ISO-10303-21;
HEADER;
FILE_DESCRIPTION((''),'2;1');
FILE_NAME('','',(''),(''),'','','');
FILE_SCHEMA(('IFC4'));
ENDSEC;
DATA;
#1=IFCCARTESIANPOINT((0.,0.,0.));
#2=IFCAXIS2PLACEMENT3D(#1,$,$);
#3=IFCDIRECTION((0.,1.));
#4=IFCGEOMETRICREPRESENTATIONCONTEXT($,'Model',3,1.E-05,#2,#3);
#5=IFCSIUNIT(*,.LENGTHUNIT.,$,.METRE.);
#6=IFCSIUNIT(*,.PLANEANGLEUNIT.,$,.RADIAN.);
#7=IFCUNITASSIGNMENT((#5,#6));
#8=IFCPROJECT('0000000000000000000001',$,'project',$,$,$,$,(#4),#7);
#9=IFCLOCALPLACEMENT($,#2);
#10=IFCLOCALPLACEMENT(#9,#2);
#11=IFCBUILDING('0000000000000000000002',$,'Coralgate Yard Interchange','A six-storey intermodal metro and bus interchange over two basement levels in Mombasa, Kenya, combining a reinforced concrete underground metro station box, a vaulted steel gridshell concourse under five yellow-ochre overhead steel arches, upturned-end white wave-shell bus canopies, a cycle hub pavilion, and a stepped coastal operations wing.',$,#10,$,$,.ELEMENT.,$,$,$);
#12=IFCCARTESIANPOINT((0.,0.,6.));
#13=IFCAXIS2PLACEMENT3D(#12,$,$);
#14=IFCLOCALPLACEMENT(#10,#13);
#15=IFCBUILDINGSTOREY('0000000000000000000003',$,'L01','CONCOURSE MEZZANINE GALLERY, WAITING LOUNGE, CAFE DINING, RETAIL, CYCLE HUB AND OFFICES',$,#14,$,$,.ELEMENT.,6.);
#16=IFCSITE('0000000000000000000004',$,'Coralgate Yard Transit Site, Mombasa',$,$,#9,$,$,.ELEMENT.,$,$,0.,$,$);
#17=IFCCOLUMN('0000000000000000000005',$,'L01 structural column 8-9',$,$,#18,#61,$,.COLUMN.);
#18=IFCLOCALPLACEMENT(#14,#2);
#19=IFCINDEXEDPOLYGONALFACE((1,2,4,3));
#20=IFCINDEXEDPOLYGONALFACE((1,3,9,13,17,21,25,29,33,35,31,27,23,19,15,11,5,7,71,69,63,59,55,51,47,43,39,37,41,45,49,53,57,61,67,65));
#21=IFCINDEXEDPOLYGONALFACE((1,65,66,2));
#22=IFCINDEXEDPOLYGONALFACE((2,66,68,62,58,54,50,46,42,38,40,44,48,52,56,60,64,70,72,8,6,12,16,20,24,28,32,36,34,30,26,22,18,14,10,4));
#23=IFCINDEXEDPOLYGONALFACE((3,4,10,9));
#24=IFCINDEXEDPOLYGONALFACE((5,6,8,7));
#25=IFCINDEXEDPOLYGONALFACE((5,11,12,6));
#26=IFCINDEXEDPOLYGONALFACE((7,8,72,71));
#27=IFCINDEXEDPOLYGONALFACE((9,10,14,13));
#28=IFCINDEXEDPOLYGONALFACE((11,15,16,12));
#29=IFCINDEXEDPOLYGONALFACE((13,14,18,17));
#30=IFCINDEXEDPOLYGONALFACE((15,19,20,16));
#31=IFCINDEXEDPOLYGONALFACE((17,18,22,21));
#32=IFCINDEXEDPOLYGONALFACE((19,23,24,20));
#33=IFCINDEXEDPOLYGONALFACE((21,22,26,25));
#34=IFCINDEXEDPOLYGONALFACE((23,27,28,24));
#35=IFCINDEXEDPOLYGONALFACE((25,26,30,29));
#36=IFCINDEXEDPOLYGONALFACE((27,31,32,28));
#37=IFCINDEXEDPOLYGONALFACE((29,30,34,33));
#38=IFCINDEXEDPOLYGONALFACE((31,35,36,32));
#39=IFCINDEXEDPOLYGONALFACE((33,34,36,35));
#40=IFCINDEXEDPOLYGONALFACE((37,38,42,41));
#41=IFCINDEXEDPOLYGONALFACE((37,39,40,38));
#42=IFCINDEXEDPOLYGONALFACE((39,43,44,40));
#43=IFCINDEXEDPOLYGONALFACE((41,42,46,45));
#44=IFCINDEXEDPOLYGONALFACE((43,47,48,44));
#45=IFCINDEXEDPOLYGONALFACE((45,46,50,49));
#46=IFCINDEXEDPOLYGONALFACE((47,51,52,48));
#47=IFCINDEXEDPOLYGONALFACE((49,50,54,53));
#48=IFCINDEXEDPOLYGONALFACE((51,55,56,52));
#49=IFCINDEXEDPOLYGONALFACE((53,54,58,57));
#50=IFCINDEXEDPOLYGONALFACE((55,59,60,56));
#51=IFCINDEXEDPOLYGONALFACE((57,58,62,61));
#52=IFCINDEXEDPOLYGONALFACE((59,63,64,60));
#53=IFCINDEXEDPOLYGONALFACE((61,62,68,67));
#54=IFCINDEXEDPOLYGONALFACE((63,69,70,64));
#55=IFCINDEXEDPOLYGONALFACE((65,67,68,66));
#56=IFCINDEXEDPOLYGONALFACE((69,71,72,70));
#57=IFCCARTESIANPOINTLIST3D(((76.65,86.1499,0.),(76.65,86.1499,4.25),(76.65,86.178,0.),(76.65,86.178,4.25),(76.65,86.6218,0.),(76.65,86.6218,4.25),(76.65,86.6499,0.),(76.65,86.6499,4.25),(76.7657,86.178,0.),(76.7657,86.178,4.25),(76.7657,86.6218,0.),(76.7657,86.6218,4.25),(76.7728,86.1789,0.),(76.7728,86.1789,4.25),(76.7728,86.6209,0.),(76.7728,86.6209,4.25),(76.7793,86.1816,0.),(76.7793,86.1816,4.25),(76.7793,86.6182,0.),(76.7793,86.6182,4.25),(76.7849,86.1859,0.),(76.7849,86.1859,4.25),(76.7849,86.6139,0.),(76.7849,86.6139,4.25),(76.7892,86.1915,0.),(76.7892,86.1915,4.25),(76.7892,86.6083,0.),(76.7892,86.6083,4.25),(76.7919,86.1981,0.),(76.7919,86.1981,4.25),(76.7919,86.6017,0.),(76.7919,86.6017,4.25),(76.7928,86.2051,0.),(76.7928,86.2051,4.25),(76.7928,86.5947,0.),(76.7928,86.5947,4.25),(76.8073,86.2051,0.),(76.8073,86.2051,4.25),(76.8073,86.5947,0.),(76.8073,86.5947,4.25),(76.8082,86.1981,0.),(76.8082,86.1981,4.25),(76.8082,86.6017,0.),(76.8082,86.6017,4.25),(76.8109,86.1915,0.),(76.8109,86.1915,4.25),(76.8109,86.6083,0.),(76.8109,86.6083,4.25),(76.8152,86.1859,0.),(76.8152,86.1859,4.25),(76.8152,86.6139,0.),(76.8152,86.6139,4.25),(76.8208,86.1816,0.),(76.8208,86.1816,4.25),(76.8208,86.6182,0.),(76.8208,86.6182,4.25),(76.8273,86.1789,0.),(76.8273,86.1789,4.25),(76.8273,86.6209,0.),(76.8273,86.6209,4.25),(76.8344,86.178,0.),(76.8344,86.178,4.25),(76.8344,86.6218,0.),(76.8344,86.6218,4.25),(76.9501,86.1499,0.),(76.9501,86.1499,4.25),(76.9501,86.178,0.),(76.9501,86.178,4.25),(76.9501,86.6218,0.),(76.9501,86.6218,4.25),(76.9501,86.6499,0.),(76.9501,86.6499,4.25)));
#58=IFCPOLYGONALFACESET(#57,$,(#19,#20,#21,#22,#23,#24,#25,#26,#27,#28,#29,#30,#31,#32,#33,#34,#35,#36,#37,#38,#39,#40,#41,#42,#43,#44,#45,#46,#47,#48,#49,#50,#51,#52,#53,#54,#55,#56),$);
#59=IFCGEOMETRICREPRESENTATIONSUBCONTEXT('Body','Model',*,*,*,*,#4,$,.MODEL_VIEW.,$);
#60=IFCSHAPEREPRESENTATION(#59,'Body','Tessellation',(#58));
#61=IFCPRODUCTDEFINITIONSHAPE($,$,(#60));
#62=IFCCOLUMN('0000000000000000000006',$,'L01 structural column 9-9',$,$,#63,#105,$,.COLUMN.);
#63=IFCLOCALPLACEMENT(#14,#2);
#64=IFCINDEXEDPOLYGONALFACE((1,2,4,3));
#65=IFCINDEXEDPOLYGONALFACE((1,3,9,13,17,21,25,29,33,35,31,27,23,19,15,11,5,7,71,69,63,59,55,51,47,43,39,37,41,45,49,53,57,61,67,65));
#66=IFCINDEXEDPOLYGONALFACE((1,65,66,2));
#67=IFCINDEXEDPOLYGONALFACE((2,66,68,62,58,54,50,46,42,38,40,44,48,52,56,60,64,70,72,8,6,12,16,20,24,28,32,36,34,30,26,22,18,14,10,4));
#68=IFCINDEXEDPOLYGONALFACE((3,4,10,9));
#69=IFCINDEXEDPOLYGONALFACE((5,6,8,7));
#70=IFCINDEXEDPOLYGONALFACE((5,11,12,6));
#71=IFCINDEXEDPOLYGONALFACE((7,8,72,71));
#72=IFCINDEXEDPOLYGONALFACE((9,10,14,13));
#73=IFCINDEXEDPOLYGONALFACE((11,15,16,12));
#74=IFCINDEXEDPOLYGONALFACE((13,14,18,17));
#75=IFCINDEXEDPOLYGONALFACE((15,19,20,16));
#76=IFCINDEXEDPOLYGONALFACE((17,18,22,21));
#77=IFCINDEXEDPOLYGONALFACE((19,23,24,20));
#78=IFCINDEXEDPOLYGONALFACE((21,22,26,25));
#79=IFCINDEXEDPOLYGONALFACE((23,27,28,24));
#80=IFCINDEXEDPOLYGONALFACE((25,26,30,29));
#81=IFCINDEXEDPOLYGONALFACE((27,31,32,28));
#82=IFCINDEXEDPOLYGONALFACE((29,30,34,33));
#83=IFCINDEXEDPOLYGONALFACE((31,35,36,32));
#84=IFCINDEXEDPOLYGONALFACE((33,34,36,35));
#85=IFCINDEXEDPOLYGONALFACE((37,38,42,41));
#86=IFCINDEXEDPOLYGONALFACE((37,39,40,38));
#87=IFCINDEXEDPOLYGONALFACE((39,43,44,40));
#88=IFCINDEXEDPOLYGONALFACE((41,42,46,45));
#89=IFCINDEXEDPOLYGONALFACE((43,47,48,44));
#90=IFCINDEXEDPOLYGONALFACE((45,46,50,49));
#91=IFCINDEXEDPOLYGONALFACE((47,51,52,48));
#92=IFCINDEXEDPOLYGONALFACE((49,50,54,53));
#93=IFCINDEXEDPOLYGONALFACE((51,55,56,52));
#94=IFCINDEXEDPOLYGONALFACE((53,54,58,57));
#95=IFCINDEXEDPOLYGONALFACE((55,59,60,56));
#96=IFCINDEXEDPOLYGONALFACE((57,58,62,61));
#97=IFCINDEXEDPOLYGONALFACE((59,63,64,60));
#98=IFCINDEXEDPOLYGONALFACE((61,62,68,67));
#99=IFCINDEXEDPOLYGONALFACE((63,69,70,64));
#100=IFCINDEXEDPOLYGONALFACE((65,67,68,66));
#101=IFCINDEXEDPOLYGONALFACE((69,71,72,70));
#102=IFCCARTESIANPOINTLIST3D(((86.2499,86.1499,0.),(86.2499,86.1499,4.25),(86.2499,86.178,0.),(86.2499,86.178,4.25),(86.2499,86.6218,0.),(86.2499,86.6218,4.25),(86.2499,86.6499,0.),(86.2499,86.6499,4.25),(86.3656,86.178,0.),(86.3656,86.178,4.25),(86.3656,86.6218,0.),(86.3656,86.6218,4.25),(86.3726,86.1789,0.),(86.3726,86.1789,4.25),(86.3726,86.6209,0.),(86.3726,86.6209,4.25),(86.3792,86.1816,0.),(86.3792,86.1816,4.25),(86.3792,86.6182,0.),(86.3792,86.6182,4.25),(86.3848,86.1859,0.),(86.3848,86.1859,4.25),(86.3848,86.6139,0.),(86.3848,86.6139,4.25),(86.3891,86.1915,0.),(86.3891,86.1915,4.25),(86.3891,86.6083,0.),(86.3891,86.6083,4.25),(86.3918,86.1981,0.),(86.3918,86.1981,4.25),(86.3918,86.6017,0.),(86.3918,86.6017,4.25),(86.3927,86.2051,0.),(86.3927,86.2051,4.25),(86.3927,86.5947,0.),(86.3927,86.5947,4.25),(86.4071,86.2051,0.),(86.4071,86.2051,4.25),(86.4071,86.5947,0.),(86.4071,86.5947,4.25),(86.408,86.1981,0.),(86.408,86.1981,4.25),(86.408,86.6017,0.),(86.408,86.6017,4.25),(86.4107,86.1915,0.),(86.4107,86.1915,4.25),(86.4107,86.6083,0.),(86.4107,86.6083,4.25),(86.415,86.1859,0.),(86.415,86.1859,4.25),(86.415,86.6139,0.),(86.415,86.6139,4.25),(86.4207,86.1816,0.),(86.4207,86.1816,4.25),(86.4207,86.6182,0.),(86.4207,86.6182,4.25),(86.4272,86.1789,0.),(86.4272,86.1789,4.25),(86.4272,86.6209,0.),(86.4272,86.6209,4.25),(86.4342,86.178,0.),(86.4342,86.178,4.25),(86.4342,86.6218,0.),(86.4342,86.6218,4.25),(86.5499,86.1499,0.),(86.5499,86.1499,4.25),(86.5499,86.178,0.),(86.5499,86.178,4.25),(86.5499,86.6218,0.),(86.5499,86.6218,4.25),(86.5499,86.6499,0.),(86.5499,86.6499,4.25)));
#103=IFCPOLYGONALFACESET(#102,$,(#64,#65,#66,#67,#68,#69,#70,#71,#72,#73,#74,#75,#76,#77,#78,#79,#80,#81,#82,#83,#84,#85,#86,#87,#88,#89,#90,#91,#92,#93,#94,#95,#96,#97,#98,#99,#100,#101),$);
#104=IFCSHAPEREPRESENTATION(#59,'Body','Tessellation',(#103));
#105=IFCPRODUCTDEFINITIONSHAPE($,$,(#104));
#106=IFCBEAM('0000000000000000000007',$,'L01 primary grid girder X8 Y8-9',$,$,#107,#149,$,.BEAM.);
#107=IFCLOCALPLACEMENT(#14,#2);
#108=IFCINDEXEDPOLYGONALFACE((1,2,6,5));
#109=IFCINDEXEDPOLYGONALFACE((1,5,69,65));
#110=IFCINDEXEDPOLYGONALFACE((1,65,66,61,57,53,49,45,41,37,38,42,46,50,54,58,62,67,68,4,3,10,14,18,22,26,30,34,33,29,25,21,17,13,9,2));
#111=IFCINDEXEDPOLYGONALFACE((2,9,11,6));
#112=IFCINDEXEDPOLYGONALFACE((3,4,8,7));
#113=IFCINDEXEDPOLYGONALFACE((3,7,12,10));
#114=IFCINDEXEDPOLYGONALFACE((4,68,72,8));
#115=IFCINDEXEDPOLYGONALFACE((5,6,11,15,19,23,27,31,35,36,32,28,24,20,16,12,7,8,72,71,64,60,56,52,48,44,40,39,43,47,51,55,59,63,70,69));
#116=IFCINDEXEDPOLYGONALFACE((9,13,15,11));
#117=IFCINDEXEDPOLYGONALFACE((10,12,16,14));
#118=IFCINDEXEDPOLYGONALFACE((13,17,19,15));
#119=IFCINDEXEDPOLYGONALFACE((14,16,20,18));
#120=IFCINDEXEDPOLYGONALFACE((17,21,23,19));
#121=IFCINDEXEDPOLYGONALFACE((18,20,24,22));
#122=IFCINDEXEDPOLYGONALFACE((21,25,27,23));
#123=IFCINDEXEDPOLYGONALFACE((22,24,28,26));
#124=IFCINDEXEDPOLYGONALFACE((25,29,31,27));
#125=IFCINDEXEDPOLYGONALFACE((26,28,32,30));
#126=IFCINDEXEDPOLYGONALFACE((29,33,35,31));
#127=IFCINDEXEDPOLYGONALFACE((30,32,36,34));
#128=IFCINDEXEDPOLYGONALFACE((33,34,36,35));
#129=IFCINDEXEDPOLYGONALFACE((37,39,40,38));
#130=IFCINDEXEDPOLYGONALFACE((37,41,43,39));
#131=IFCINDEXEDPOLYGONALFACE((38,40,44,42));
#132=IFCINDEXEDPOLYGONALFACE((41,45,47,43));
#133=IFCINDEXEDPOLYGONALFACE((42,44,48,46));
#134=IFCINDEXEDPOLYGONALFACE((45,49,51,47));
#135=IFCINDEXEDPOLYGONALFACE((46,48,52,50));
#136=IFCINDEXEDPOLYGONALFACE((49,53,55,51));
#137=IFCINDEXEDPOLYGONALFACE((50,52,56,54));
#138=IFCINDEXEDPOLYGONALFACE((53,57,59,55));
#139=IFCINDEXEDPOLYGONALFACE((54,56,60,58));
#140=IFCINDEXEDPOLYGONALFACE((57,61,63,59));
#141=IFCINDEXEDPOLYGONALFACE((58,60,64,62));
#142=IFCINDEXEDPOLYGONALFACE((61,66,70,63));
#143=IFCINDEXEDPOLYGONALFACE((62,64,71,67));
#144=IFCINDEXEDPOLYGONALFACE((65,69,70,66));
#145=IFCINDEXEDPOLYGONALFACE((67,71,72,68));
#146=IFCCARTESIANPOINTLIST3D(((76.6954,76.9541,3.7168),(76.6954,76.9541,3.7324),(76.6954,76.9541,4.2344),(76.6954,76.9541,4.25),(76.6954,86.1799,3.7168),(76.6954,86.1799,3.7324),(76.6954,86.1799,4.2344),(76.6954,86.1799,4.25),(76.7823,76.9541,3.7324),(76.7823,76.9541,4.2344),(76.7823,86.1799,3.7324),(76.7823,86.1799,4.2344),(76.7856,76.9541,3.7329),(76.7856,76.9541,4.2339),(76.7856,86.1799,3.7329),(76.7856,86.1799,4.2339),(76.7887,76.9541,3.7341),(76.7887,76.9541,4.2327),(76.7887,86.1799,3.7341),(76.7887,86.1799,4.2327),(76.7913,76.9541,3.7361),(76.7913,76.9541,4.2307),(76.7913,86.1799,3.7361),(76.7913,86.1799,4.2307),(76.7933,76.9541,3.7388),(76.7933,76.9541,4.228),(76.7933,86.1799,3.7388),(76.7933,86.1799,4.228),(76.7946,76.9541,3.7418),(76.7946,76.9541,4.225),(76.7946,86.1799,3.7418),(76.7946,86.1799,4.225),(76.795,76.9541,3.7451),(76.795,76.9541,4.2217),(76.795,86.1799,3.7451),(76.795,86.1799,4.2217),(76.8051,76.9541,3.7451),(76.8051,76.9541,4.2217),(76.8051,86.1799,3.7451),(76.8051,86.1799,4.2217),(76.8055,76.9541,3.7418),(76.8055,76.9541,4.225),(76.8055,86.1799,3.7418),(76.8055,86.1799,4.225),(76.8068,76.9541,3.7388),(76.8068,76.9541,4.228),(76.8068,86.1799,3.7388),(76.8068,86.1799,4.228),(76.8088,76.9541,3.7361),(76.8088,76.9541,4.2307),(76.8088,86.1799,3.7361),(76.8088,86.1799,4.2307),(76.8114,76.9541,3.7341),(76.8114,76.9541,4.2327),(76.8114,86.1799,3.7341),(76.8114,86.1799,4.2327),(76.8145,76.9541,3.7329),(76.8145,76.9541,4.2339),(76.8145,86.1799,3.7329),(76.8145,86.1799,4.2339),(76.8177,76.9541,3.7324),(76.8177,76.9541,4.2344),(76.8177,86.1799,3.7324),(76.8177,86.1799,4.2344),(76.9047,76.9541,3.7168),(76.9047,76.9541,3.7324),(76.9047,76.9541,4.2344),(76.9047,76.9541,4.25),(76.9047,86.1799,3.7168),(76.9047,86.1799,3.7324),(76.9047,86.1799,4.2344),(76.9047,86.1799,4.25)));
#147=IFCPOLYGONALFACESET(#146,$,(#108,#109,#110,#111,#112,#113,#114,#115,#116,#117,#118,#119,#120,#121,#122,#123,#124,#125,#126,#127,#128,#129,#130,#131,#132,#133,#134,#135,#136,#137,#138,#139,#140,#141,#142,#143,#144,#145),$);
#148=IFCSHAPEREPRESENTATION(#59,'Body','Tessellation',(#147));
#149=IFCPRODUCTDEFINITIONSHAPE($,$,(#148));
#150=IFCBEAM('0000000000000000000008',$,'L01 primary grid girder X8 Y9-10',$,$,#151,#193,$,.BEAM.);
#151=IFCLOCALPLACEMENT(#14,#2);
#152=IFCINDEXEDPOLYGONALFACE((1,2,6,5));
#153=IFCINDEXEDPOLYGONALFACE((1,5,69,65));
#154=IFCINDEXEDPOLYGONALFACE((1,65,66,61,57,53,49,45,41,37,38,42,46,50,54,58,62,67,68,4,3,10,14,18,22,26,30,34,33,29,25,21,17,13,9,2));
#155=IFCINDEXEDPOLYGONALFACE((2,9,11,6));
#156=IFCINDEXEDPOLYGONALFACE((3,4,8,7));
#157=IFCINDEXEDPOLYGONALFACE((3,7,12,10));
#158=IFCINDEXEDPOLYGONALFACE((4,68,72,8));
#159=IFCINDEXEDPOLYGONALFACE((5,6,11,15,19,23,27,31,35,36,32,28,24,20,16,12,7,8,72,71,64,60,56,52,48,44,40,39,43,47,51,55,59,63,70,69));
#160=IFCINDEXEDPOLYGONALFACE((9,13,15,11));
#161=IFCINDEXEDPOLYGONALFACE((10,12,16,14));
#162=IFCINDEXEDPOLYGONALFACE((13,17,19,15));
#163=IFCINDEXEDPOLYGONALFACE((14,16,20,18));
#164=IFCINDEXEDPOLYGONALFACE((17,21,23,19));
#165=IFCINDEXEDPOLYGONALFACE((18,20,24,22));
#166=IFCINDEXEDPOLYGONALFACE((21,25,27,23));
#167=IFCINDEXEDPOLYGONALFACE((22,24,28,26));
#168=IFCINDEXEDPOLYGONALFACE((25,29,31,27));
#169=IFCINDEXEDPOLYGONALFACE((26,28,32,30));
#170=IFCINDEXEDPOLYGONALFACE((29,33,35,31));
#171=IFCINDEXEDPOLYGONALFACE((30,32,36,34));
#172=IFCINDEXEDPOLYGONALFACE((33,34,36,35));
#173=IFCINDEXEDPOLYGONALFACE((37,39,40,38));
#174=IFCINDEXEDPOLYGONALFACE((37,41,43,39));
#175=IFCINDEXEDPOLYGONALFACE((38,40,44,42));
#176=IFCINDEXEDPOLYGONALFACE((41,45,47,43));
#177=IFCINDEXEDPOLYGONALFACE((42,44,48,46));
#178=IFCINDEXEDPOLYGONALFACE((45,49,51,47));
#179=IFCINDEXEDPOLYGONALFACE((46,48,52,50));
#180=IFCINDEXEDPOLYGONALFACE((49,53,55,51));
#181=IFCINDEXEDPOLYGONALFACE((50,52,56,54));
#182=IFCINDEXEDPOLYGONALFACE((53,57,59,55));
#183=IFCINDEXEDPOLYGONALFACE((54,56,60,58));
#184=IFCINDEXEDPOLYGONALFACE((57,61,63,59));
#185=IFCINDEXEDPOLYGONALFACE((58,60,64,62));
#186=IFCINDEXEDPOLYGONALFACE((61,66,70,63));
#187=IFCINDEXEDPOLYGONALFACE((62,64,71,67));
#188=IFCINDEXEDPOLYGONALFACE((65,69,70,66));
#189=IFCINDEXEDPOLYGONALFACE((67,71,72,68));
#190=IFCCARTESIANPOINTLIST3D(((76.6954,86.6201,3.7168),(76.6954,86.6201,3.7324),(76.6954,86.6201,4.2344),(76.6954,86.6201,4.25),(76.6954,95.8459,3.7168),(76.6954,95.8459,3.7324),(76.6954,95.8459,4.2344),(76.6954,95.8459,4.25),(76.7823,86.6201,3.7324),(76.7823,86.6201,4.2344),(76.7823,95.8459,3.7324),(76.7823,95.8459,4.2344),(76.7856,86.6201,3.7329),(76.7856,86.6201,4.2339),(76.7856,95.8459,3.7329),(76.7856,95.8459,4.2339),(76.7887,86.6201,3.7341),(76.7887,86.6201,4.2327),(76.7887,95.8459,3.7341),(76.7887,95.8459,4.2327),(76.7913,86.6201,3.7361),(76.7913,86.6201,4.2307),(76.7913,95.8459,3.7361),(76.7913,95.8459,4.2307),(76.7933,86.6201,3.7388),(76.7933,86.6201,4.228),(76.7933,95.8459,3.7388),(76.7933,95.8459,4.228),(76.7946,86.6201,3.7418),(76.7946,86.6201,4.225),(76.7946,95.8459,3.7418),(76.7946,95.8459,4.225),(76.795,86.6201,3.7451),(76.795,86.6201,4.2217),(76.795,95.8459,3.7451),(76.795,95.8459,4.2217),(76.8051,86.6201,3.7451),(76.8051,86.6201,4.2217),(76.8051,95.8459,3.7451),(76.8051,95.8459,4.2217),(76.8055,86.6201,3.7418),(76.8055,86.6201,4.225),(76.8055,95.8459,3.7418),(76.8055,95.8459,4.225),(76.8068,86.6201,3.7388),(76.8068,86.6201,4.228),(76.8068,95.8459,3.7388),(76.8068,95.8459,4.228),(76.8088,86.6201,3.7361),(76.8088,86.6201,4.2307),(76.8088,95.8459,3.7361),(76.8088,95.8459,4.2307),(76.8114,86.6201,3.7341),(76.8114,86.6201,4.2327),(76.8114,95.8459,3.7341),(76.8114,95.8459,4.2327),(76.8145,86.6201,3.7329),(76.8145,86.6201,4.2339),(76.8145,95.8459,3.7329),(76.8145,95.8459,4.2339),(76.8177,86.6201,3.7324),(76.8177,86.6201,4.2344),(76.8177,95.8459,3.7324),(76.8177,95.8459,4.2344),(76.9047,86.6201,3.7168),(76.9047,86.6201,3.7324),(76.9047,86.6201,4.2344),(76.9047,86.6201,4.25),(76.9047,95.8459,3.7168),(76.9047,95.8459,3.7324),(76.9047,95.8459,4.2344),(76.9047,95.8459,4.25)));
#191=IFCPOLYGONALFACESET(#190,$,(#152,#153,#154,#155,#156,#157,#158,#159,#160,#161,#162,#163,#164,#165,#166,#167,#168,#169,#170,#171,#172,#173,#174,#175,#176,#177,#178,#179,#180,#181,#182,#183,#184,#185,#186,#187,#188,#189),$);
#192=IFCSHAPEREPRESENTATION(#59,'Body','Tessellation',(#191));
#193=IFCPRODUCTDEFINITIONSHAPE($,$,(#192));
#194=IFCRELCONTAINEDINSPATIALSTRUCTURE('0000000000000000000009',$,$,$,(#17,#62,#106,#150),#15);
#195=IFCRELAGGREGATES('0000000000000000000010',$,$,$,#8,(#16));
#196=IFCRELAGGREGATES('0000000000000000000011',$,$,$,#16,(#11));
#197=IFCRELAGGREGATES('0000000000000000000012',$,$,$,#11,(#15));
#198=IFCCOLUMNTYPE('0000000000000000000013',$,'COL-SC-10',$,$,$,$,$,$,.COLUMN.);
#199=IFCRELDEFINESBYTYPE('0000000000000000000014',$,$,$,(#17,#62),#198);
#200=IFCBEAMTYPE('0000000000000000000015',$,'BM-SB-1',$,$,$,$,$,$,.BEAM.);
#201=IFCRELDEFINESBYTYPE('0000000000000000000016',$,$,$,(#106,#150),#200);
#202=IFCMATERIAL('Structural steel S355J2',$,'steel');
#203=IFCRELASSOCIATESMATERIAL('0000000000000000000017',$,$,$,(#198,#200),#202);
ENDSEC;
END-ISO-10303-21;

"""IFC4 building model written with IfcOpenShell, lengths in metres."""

from ifc_helpers import new_model, si_unit, direction, frame, origin, origin_2d, place, context, subcontext, project, spatial, i_section, extrude, material, material_profile, profile_set, type_object, element, save


model = new_model("IFC4")

# Units and contexts
model_context = context("Model", 3, precision=1e-05, world=origin(), true_north=direction((0.0, 1.0)))
body_context = subcontext(model_context, "Body", "Model", "MODEL_VIEW")
ifc_project = project(units=[si_unit("LENGTHUNIT", "METRE"), si_unit("PLANEANGLEUNIT", "RADIAN")], contexts=[model_context])

# Site, building, storey
site_placement = place(None, origin())
site = spatial("IfcSite", under=ifc_project, at=site_placement, Name="Coralgate Yard Transit Site, Mombasa", CompositionType="ELEMENT", RefElevation=0.0)
building_placement = place(site_placement, origin())
building = spatial("IfcBuilding", under=site, at=building_placement, Name="Coralgate Yard Interchange", Description="A six-storey intermodal metro and bus interchange over two basement levels in Mombasa, Kenya, combining a reinforced concrete underground metro station box, a vaulted steel gridshell concourse under five yellow-ochre overhead steel arches, upturned-end white wave-shell bus canopies, a cycle hub pavilion, and a stepped coastal operations wing.", CompositionType="ELEMENT")
storey_placement = place(building_placement, frame((0.0, 0.0, 6.0)))
storey = spatial("IfcBuildingStorey", under=building, at=storey_placement, Name="L01", Description="CONCOURSE MEZZANINE GALLERY, WAITING LOUNGE, CAFE DINING, RETAIL, CYCLE HUB AND OFFICES", CompositionType="ELEMENT", Elevation=6.0)

# Columns
ifc_material_1 = material(Name="Structural steel S355J2", Category="steel")
ifc_material_profile_1 = material_profile(ifc_material_1, i_section(OverallWidth=0.3, OverallDepth=0.5, WebThickness=0.0144, FlangeThickness=0.0281, FilletRadius=0.0271, at=origin_2d()), Name="HEB 500")
ifc_profile_set_1 = profile_set([ifc_material_profile_1], Name="Structural steel S355J2")
column_type = type_object("IfcColumnType", Name="COL-SC-10", PredefinedType="COLUMN", material=ifc_profile_set_1)
for number, where, z_axis, x_axis, name in (
    (1, (76.8, 86.3999, 0.0), (0.0, 0.0, 1.0), (1.0, 0.0, 0.0), "L01 structural column 8-9"),
    (2, (86.3999, 86.3999, 0.0), (0.0, 0.0, 1.0), (1.0, 0.0, 0.0), "L01 structural column 9-9"),
):
    element("IfcColumn", number, at=place(storey_placement, frame(where, z_axis=z_axis, x_axis=x_axis)), inside=storey, type_object=column_type, Name=name, PredefinedType="COLUMN", context=body_context, shape_type="SweptSolid", body=[
        extrude(i_section(OverallWidth=0.3, OverallDepth=0.5, WebThickness=0.0144, FlangeThickness=0.0281, FilletRadius=0.0271, at=origin_2d()), origin(), (0.0, 0.0, 1.0), 4.25),
    ])

# Beams
ifc_material_profile_2 = material_profile(ifc_material_1, i_section(OverallWidth=0.2092, OverallDepth=0.5332, WebThickness=0.01, FlangeThickness=0.0156, FilletRadius=0.0127, at=origin_2d()), Name="UB 533x210x92")
ifc_profile_set_2 = profile_set([ifc_material_profile_2], Name="Structural steel S355J2")
beam_type_1 = type_object("IfcBeamType", Name="BM-SB-1", PredefinedType="BEAM", material=ifc_profile_set_2)
for number, where, z_axis, x_axis, name in (
    (3, (76.8, 76.9541, 3.9834), (0.0, 1.0, 0.0), (-1.0, 0.0, 0.0), "L01 primary grid girder X8 Y8-9"),
    (4, (76.8, 86.6201, 3.9834), (0.0, 1.0, 0.0), (-1.0, 0.0, 0.0), "L01 primary grid girder X8 Y9-10"),
):
    element("IfcBeam", number, at=place(storey_placement, frame(where, z_axis=z_axis, x_axis=x_axis)), inside=storey, type_object=beam_type_1, Name=name, PredefinedType="BEAM", context=body_context, shape_type="SweptSolid", body=[
        extrude(i_section(OverallWidth=0.2092, OverallDepth=0.5332, WebThickness=0.01, FlangeThickness=0.0156, FilletRadius=0.0127, at=origin_2d()), origin(), (0.0, 0.0, 1.0), 9.2258),
    ])

save(model, "model.ifc")
